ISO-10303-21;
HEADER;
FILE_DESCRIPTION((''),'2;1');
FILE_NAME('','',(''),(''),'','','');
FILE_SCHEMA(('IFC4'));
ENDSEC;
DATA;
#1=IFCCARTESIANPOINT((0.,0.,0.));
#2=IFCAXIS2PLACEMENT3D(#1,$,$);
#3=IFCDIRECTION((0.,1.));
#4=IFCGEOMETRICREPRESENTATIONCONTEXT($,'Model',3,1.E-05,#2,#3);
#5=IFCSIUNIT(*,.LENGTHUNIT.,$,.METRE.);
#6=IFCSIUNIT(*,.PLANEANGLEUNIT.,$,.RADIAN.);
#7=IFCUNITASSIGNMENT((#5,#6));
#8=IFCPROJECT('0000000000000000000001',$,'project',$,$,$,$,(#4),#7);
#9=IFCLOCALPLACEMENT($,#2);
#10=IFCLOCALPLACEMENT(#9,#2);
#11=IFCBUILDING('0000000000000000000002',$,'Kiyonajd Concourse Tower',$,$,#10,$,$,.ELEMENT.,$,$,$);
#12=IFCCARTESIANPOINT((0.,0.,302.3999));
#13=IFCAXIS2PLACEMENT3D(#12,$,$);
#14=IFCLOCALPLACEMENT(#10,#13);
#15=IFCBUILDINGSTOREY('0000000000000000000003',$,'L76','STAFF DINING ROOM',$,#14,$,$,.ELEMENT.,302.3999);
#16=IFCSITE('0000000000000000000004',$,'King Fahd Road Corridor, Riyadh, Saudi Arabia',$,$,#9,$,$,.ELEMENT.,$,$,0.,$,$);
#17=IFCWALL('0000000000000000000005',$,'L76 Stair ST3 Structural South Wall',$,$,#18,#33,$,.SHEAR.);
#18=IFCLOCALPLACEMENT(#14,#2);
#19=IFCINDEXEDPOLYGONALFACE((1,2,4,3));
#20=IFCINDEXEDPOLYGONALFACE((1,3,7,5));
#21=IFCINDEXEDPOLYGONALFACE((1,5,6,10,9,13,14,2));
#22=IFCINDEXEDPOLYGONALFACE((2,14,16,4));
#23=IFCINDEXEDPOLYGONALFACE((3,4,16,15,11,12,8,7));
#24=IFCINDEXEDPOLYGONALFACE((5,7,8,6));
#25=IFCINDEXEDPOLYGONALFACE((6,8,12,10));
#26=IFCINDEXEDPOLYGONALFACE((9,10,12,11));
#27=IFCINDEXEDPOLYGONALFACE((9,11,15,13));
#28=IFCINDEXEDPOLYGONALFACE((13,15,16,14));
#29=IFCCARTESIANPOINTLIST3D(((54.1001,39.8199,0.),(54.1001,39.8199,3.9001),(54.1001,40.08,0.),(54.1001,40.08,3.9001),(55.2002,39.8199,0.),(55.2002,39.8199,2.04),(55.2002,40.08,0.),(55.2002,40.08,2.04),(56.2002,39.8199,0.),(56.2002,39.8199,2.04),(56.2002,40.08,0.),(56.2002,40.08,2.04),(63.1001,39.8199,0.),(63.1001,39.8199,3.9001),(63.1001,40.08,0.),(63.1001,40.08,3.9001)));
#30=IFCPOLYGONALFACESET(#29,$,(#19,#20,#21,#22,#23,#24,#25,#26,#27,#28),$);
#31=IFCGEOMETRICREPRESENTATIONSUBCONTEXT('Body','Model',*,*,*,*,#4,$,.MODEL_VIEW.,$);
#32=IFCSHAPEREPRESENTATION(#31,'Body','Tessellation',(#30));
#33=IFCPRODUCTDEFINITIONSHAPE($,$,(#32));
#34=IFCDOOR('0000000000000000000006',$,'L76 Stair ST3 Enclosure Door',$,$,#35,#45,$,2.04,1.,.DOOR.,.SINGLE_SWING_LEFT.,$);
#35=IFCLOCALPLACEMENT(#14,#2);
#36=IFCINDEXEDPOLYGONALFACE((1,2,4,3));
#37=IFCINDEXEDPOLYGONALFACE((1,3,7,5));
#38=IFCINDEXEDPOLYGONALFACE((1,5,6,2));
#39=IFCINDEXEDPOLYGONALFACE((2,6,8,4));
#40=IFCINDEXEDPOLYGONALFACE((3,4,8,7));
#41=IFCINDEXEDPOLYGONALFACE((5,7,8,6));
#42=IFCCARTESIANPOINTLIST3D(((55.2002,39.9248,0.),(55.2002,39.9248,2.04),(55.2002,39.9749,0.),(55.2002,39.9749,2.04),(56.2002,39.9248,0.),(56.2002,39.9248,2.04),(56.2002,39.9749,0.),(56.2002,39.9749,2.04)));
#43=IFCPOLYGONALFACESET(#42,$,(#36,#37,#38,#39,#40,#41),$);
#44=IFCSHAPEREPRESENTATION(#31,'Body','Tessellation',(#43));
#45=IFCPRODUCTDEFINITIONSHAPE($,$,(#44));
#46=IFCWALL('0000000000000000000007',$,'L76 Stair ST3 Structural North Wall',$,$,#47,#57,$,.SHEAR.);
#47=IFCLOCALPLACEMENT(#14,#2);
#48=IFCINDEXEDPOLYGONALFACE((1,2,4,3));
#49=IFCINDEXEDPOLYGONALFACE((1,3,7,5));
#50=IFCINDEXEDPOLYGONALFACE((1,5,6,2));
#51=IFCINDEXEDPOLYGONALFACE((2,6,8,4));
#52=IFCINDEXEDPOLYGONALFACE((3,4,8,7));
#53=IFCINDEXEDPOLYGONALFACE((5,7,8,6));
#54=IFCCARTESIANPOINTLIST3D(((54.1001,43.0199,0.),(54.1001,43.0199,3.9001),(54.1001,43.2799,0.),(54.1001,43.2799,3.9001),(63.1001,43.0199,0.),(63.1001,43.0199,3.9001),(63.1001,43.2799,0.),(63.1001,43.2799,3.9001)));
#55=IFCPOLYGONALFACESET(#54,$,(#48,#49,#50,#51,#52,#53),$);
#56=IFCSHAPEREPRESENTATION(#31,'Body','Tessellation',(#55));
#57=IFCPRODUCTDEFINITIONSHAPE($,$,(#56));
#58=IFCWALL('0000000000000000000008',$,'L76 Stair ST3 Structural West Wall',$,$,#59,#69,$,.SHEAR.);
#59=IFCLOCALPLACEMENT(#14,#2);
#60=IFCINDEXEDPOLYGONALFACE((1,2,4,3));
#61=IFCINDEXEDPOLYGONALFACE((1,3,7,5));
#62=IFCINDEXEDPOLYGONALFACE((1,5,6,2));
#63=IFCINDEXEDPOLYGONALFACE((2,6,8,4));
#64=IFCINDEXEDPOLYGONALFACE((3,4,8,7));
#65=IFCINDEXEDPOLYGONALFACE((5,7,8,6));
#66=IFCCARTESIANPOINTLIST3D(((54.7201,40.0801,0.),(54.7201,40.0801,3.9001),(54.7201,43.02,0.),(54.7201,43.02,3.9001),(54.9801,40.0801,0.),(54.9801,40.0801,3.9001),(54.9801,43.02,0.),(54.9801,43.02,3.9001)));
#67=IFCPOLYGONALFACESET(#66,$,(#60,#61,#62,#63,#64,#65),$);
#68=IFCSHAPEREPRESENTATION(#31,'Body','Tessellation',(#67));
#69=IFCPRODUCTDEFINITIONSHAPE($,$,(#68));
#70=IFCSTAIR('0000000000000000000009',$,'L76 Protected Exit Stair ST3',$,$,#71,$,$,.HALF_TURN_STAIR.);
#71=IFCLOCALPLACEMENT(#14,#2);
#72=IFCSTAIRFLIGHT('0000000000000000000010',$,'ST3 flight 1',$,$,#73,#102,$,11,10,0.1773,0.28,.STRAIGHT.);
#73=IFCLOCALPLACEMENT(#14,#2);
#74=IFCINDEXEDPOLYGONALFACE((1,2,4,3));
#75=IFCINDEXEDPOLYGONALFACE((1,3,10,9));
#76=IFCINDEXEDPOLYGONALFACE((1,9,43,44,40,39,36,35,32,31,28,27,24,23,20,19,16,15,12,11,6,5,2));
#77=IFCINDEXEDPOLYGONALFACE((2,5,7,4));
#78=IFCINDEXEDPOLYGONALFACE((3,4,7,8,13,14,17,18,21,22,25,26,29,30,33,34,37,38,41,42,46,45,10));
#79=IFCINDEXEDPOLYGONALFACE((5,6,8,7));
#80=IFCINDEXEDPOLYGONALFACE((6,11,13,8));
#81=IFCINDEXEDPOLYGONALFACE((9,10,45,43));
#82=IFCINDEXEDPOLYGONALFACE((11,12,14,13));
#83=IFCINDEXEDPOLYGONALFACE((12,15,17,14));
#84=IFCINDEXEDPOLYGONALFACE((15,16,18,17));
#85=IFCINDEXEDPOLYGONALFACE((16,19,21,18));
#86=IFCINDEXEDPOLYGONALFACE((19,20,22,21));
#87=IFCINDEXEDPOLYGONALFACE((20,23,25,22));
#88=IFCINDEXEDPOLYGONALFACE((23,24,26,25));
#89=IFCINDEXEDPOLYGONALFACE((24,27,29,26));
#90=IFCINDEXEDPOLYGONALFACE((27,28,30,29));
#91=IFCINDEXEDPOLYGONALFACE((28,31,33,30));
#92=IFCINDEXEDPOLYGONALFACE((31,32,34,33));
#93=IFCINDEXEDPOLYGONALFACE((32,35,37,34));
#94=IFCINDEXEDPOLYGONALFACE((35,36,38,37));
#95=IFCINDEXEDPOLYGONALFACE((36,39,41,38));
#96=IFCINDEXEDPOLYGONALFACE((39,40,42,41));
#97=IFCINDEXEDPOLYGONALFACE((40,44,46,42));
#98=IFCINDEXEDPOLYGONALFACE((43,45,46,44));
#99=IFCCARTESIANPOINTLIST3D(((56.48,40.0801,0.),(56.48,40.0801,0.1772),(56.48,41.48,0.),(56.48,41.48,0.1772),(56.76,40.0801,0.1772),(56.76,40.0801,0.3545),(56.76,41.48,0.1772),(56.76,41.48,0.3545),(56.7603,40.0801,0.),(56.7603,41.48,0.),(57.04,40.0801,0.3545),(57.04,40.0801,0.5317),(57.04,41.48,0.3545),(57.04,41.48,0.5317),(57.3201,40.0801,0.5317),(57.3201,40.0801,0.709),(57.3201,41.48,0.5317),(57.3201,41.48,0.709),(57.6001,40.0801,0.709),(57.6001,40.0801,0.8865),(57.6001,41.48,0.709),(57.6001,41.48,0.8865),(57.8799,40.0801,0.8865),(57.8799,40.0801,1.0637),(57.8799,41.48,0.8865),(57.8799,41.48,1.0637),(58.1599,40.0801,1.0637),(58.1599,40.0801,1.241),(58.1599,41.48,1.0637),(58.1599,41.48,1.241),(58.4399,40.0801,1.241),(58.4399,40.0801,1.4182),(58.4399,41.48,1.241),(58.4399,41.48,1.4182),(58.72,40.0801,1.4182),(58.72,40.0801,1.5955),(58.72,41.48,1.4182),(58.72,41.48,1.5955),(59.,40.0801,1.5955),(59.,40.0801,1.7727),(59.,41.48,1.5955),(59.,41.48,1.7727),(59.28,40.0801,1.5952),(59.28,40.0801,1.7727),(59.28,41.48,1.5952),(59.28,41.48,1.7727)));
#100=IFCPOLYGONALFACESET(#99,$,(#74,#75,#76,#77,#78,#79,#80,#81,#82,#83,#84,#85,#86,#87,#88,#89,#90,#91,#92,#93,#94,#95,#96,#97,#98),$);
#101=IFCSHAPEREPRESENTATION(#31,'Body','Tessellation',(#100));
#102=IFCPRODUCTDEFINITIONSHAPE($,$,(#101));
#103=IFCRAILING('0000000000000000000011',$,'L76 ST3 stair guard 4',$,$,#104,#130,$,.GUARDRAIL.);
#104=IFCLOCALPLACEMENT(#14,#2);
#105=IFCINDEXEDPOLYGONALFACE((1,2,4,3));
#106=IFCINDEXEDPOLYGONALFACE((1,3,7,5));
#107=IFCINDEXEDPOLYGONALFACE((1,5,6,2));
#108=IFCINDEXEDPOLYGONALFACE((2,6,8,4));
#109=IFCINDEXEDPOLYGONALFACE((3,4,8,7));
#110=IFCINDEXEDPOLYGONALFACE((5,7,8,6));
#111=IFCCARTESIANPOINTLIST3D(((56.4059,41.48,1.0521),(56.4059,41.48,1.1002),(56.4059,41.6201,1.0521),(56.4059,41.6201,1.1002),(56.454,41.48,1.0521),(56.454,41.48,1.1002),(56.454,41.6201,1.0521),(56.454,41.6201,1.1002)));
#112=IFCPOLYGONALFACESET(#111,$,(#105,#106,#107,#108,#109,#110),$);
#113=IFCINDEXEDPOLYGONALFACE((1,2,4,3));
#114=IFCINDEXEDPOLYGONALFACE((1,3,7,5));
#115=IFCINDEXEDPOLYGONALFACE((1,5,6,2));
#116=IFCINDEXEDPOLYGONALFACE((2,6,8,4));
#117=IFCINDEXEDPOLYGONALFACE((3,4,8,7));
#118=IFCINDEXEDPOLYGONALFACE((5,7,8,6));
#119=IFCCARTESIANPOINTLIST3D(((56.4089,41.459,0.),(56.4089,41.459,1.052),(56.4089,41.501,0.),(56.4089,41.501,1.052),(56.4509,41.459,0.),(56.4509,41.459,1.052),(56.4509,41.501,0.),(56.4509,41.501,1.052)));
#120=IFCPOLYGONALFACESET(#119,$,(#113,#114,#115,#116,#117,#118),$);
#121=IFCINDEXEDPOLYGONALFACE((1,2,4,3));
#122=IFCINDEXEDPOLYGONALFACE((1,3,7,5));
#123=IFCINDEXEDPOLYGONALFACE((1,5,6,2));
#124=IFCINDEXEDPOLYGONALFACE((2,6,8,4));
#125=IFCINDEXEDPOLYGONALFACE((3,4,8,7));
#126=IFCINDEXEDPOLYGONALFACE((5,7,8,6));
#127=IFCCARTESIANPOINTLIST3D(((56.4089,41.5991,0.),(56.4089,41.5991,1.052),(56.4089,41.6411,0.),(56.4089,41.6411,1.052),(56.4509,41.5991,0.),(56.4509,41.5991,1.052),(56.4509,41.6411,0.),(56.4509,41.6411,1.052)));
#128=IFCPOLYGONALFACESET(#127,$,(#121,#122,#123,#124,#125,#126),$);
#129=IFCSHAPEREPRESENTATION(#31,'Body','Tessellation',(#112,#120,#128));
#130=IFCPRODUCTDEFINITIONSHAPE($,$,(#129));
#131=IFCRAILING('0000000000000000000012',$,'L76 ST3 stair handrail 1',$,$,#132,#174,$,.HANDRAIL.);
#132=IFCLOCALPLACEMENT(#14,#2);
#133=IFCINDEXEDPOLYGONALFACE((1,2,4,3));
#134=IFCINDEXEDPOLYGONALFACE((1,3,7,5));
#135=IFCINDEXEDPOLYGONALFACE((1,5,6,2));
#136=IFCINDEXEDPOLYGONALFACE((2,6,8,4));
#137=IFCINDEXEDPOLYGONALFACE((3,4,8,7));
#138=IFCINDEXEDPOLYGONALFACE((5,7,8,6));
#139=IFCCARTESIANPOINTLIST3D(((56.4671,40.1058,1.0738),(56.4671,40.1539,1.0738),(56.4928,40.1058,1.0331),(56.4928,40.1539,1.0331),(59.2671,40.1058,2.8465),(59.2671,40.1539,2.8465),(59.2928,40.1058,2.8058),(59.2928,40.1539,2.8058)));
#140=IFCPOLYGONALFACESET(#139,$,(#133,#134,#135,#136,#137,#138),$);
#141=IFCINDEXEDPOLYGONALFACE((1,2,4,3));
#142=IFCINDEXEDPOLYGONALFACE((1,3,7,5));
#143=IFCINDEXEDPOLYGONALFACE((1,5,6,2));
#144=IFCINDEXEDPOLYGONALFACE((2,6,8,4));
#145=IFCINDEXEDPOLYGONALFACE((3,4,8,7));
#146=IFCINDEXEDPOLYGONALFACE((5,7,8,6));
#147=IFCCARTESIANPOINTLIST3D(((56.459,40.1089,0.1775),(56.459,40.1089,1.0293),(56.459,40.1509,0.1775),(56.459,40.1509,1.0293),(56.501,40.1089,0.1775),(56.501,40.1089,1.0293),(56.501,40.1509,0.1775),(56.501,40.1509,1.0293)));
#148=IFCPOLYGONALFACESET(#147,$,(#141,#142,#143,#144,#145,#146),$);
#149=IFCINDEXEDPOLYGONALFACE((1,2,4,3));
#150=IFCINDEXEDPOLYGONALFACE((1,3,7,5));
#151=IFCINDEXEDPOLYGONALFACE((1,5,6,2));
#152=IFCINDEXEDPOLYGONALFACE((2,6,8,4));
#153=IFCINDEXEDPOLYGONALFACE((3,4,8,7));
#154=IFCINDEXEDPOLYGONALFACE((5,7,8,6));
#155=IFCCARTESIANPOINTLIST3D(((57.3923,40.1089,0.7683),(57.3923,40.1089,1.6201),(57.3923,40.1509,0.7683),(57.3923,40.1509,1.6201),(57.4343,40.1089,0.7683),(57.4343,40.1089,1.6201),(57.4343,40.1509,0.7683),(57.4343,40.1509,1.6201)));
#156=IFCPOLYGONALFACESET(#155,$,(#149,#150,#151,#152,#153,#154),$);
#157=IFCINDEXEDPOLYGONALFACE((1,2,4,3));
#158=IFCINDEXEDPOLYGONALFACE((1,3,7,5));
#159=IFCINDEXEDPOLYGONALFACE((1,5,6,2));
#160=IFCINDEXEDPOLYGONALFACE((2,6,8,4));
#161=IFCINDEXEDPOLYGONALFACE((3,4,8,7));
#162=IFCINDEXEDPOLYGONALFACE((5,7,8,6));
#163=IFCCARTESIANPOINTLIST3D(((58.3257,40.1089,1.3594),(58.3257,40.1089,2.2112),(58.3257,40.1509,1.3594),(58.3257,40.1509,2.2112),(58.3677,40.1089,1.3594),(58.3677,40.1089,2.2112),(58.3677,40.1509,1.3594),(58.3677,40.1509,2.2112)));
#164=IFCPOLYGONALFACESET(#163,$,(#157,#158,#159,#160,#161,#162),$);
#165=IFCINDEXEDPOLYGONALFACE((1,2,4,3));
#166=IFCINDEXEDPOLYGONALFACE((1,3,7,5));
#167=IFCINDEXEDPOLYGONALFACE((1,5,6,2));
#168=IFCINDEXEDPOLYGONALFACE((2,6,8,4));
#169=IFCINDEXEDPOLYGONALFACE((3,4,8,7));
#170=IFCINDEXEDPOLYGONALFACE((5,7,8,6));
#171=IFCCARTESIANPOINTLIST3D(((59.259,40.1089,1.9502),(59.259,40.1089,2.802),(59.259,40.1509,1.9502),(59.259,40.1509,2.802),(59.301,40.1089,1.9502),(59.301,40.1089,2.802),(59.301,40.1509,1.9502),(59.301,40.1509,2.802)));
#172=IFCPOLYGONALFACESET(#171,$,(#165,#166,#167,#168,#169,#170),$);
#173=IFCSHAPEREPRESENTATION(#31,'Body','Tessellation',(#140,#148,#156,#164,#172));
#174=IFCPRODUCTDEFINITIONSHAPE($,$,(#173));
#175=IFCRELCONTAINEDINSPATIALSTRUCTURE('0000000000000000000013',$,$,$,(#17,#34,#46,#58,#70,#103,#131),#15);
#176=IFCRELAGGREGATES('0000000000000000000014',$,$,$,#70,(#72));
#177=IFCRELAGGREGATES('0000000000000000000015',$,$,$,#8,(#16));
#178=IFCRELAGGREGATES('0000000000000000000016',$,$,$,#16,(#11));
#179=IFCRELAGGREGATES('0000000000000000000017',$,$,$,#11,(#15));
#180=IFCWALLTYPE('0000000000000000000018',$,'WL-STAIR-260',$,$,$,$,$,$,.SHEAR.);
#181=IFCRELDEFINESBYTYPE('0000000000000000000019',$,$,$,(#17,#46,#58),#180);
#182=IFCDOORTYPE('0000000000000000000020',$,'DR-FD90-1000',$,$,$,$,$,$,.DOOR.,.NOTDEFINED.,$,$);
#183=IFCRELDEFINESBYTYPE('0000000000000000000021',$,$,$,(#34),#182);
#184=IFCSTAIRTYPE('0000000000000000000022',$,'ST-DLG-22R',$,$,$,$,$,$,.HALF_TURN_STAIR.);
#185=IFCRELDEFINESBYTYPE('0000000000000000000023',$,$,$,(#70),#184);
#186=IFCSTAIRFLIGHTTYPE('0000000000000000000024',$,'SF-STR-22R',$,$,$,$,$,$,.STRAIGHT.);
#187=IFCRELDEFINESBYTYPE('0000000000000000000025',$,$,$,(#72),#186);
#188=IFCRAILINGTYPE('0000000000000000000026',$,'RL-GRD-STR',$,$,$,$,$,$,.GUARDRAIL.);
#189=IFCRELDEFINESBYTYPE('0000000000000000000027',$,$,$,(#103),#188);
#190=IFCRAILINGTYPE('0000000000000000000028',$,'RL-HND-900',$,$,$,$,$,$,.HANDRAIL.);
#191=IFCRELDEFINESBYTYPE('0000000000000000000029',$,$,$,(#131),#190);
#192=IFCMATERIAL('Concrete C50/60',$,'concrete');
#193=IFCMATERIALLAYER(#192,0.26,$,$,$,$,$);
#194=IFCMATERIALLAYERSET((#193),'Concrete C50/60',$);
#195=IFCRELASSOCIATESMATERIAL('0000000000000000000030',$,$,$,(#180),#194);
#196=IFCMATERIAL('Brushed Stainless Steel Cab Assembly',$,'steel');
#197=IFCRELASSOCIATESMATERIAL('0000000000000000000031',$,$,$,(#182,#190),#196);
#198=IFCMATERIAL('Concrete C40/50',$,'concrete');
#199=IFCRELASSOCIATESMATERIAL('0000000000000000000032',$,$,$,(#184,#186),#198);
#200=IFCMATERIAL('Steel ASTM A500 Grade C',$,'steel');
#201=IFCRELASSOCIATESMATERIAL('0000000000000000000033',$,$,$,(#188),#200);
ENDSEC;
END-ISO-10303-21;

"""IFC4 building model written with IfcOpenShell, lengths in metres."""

from ifc_helpers import new_model, si_unit, direction, frame, frame_2d, origin, origin_2d, place, context, subcontext, project, spatial, polyline, rectangle, outline, extrude, material, layer, layer_set, type_object, element, fill, aggregate, save


model = new_model("IFC4")

# Units and contexts
model_context = context("Model", 3, precision=1e-05, world=origin(), true_north=direction((0.0, 1.0)))
body_context = subcontext(model_context, "Body", "Model", "MODEL_VIEW")
ifc_project = project(units=[si_unit("LENGTHUNIT", "METRE"), si_unit("PLANEANGLEUNIT", "RADIAN")], contexts=[model_context])

# Site, building, storey
site_placement = place(None, origin())
site = spatial("IfcSite", under=ifc_project, at=site_placement, Name="King Fahd Road Corridor, Riyadh, Saudi Arabia", CompositionType="ELEMENT", RefElevation=0.0)
building_placement = place(site_placement, origin())
building = spatial("IfcBuilding", under=site, at=building_placement, Name="Kiyonajd Concourse Tower", CompositionType="ELEMENT")
storey_placement = place(building_placement, frame((0.0, 0.0, 302.3999)))
storey = spatial("IfcBuildingStorey", under=building, at=storey_placement, Name="L76", Description="STAFF DINING ROOM", CompositionType="ELEMENT", Elevation=302.3999)

# Shared definitions
ifc_material_1 = material(Name="Concrete C50/60", Category="concrete")

# Wall, opening, door
ifc_layer_1 = layer(ifc_material_1, 0.26)
ifc_layer_set_1 = layer_set([ifc_layer_1], Name="Concrete C50/60")
wall_type_1 = type_object("IfcWallType", Name="WL-STAIR-260", PredefinedType="SHEAR", material=ifc_layer_set_1)
wall_1_placement = place(storey_placement, frame((54.1001, 39.95, 0.0), z_axis=(0.0, 0.0, 1.0), x_axis=(1.0, 0.0, 0.0)))
wall_1 = element("IfcWall", 1, at=wall_1_placement, inside=storey, type_object=wall_type_1, Name="L76 Stair ST3 Structural South Wall", PredefinedType="SHEAR", context=body_context, shape_type="SweptSolid", body=[
    extrude(rectangle(XDim=9.0, YDim=0.26, at=frame_2d((4.5, 0.0))), origin(), (0.0, 0.0, 1.0), 3.9001),
])
opening_1_placement = place(wall_1_placement, frame((1.1001, 0.0, 0.0)))
opening_1 = element("IfcOpeningElement", 2, at=opening_1_placement, cuts=wall_1, PredefinedType="OPENING", context=body_context, shape_type="SweptSolid", body=[
    extrude(rectangle(XDim=1.0, YDim=2.04, at=frame_2d((0.5, 1.02))), frame((0.0, 0.1399, 0.0), z_axis=(0.0, -1.0, 0.0), x_axis=(1.0, 0.0, 0.0)), (0.0, 0.0, 1.0), 0.28),
])
ifc_material_2 = material(Name="Brushed Stainless Steel Cab Assembly", Category="steel")
door_type_1 = type_object("IfcDoorType", Name="DR-FD90-1000", OperationType="NOTDEFINED", PredefinedType="DOOR", material=ifc_material_2)
door_1_placement = place(opening_1_placement, origin())
door_1 = element("IfcDoor", 3, at=door_1_placement, inside=storey, type_object=door_type_1, Name="L76 Stair ST3 Enclosure Door", OperationType="SINGLE_SWING_LEFT", OverallHeight=2.04, OverallWidth=1.0, PredefinedType="DOOR", context=body_context, shape_type="SweptSolid", body=[
    extrude(rectangle(XDim=1.0, YDim=2.04, at=frame_2d((0.5, 1.02))), frame((0.0, 0.0249, 0.0), z_axis=(0.0, -1.0, 0.0), x_axis=(1.0, 0.0, 0.0)), (0.0, 0.0, 1.0), 0.05),
])
fill(opening_1, door_1)

# Walls
wall_2_placement = place(storey_placement, frame((54.1001, 43.1499, 0.0), z_axis=(0.0, 0.0, 1.0), x_axis=(1.0, 0.0, 0.0)))
element("IfcWall", 4, at=wall_2_placement, inside=storey, type_object=wall_type_1, Name="L76 Stair ST3 Structural North Wall", PredefinedType="SHEAR", context=body_context, shape_type="SweptSolid", body=[
    extrude(rectangle(XDim=9.0, YDim=0.26, at=frame_2d((4.5, 0.0))), origin(), (0.0, 0.0, 1.0), 3.9001),
])
wall_3_placement = place(storey_placement, frame((54.8501, 40.0801, 0.0), z_axis=(0.0, 0.0, 1.0), x_axis=(0.0, 1.0, 0.0)))
element("IfcWall", 5, at=wall_3_placement, inside=storey, type_object=wall_type_1, Name="L76 Stair ST3 Structural West Wall", PredefinedType="SHEAR", context=body_context, shape_type="SweptSolid", body=[
    extrude(rectangle(XDim=2.9399, YDim=0.26, at=frame_2d((1.47, 0.0))), origin(), (0.0, 0.0, 1.0), 3.9001),
])

# Stair, stair flight
ifc_material_3 = material(Name="Concrete C40/50", Category="concrete")
stair_type = type_object("IfcStairType", Name="ST-DLG-22R", PredefinedType="HALF_TURN_STAIR", material=ifc_material_3)
stair_placement = place(storey_placement, origin())
stair = element("IfcStair", 6, at=stair_placement, inside=storey, type_object=stair_type, Name="L76 Protected Exit Stair ST3", PredefinedType="HALF_TURN_STAIR")
stair_flight_type = type_object("IfcStairFlightType", Name="SF-STR-22R", PredefinedType="STRAIGHT", material=ifc_material_3)
stair_flight_placement = place(storey_placement, frame((56.48, 40.78, 0.0), z_axis=(0.0, 0.0, 1.0), x_axis=(1.0, 0.0, 0.0)))
stair_flight = element("IfcStairFlight", 7, at=stair_flight_placement, type_object=stair_flight_type, Name="ST3 flight 1", NumberOfRisers=11, NumberOfTreads=10, PredefinedType="STRAIGHT", RiserHeight=0.1773, TreadLength=0.28, context=body_context, shape_type="SweptSolid", body=[
    extrude(outline(polyline([(0.0, 0.0), (0.0, 0.1772), (0.28, 0.1772), (0.28, 0.3545), (0.5601, 0.3545), (0.5601, 0.5317), (0.8401, 0.5317), (0.8401, 0.709), (1.1201, 0.709), (1.1201, 0.8865), (1.3999, 0.8865), (1.3999, 1.0637), (1.6799, 1.0637), (1.6799, 1.241), (1.96, 1.241), (1.96, 1.4182), (2.24, 1.4182), (2.24, 1.5955), (2.52, 1.5955), (2.52, 1.7727), (2.8, 1.7727), (2.8, 1.95), (2.8, 1.5952), (0.2803, 0.0), (0.0, 0.0)])), frame((0.0, 0.7, 0.0), z_axis=(0.0, -1.0, 0.0), x_axis=(1.0, 0.0, 0.0)), (0.0, 0.0, 1.0), 1.3999),
])
aggregate(stair, [stair_flight])

# Railings
ifc_material_4 = material(Name="Steel ASTM A500 Grade C", Category="steel")
railing_type_1 = type_object("IfcRailingType", Name="RL-GRD-STR", PredefinedType="GUARDRAIL", material=ifc_material_4)
railing_1_placement = place(storey_placement, frame((56.4299, 41.48, 0.0)))
element("IfcRailing", 8, at=railing_1_placement, inside=storey, type_object=railing_type_1, Name="L76 ST3 stair guard 4", PredefinedType="GUARDRAIL", context=body_context, shape_type="SweptSolid", body=[
    extrude(rectangle(XDim=0.0481, YDim=0.0481, at=origin_2d()), frame((0.0, 0.0, 1.0762), z_axis=(0.0, 1.0, 0.0), x_axis=(-1.0, 0.0, 0.0)), (0.0, 0.0, 1.0), 0.1401),
    extrude(rectangle(XDim=0.042, YDim=0.042, at=origin_2d()), origin(), (0.0, 0.0, 1.0), 1.052),
    extrude(rectangle(XDim=0.042, YDim=0.042, at=origin_2d()), frame((0.0, 0.1401, 0.0)), (0.0, 0.0, 1.0), 1.052),
])
railing_type_2 = type_object("IfcRailingType", Name="RL-HND-900", PredefinedType="HANDRAIL", material=ifc_material_2)
railing_2_placement = place(storey_placement, frame((56.48, 40.1299, 0.1775)))
element("IfcRailing", 9, at=railing_2_placement, inside=storey, type_object=railing_type_2, Name="L76 ST3 stair handrail 1", PredefinedType="HANDRAIL", context=body_context, shape_type="SweptSolid", body=[
    extrude(rectangle(XDim=0.0481, YDim=0.0481, at=origin_2d()), frame((0.0, 0.0, 0.876), z_axis=(0.844909, 0.0, 0.53491), x_axis=(0.0, 1.0, 0.0)), (0.0, 0.0, 1.0), 3.314),
    extrude(rectangle(XDim=0.042, YDim=0.042, at=origin_2d()), origin(), (0.0, 0.0, 1.0), 0.8518),
    extrude(rectangle(XDim=0.042, YDim=0.042, at=origin_2d()), frame((0.9333, 0.0, 0.5908)), (0.0, 0.0, 1.0), 0.8518),
    extrude(rectangle(XDim=0.042, YDim=0.042, at=origin_2d()), frame((1.8667, 0.0, 1.1819)), (0.0, 0.0, 1.0), 0.8518),
    extrude(rectangle(XDim=0.042, YDim=0.042, at=origin_2d()), frame((2.8, 0.0, 1.7727)), (0.0, 0.0, 1.0), 0.8518),
])

save(model, "model.ifc")
